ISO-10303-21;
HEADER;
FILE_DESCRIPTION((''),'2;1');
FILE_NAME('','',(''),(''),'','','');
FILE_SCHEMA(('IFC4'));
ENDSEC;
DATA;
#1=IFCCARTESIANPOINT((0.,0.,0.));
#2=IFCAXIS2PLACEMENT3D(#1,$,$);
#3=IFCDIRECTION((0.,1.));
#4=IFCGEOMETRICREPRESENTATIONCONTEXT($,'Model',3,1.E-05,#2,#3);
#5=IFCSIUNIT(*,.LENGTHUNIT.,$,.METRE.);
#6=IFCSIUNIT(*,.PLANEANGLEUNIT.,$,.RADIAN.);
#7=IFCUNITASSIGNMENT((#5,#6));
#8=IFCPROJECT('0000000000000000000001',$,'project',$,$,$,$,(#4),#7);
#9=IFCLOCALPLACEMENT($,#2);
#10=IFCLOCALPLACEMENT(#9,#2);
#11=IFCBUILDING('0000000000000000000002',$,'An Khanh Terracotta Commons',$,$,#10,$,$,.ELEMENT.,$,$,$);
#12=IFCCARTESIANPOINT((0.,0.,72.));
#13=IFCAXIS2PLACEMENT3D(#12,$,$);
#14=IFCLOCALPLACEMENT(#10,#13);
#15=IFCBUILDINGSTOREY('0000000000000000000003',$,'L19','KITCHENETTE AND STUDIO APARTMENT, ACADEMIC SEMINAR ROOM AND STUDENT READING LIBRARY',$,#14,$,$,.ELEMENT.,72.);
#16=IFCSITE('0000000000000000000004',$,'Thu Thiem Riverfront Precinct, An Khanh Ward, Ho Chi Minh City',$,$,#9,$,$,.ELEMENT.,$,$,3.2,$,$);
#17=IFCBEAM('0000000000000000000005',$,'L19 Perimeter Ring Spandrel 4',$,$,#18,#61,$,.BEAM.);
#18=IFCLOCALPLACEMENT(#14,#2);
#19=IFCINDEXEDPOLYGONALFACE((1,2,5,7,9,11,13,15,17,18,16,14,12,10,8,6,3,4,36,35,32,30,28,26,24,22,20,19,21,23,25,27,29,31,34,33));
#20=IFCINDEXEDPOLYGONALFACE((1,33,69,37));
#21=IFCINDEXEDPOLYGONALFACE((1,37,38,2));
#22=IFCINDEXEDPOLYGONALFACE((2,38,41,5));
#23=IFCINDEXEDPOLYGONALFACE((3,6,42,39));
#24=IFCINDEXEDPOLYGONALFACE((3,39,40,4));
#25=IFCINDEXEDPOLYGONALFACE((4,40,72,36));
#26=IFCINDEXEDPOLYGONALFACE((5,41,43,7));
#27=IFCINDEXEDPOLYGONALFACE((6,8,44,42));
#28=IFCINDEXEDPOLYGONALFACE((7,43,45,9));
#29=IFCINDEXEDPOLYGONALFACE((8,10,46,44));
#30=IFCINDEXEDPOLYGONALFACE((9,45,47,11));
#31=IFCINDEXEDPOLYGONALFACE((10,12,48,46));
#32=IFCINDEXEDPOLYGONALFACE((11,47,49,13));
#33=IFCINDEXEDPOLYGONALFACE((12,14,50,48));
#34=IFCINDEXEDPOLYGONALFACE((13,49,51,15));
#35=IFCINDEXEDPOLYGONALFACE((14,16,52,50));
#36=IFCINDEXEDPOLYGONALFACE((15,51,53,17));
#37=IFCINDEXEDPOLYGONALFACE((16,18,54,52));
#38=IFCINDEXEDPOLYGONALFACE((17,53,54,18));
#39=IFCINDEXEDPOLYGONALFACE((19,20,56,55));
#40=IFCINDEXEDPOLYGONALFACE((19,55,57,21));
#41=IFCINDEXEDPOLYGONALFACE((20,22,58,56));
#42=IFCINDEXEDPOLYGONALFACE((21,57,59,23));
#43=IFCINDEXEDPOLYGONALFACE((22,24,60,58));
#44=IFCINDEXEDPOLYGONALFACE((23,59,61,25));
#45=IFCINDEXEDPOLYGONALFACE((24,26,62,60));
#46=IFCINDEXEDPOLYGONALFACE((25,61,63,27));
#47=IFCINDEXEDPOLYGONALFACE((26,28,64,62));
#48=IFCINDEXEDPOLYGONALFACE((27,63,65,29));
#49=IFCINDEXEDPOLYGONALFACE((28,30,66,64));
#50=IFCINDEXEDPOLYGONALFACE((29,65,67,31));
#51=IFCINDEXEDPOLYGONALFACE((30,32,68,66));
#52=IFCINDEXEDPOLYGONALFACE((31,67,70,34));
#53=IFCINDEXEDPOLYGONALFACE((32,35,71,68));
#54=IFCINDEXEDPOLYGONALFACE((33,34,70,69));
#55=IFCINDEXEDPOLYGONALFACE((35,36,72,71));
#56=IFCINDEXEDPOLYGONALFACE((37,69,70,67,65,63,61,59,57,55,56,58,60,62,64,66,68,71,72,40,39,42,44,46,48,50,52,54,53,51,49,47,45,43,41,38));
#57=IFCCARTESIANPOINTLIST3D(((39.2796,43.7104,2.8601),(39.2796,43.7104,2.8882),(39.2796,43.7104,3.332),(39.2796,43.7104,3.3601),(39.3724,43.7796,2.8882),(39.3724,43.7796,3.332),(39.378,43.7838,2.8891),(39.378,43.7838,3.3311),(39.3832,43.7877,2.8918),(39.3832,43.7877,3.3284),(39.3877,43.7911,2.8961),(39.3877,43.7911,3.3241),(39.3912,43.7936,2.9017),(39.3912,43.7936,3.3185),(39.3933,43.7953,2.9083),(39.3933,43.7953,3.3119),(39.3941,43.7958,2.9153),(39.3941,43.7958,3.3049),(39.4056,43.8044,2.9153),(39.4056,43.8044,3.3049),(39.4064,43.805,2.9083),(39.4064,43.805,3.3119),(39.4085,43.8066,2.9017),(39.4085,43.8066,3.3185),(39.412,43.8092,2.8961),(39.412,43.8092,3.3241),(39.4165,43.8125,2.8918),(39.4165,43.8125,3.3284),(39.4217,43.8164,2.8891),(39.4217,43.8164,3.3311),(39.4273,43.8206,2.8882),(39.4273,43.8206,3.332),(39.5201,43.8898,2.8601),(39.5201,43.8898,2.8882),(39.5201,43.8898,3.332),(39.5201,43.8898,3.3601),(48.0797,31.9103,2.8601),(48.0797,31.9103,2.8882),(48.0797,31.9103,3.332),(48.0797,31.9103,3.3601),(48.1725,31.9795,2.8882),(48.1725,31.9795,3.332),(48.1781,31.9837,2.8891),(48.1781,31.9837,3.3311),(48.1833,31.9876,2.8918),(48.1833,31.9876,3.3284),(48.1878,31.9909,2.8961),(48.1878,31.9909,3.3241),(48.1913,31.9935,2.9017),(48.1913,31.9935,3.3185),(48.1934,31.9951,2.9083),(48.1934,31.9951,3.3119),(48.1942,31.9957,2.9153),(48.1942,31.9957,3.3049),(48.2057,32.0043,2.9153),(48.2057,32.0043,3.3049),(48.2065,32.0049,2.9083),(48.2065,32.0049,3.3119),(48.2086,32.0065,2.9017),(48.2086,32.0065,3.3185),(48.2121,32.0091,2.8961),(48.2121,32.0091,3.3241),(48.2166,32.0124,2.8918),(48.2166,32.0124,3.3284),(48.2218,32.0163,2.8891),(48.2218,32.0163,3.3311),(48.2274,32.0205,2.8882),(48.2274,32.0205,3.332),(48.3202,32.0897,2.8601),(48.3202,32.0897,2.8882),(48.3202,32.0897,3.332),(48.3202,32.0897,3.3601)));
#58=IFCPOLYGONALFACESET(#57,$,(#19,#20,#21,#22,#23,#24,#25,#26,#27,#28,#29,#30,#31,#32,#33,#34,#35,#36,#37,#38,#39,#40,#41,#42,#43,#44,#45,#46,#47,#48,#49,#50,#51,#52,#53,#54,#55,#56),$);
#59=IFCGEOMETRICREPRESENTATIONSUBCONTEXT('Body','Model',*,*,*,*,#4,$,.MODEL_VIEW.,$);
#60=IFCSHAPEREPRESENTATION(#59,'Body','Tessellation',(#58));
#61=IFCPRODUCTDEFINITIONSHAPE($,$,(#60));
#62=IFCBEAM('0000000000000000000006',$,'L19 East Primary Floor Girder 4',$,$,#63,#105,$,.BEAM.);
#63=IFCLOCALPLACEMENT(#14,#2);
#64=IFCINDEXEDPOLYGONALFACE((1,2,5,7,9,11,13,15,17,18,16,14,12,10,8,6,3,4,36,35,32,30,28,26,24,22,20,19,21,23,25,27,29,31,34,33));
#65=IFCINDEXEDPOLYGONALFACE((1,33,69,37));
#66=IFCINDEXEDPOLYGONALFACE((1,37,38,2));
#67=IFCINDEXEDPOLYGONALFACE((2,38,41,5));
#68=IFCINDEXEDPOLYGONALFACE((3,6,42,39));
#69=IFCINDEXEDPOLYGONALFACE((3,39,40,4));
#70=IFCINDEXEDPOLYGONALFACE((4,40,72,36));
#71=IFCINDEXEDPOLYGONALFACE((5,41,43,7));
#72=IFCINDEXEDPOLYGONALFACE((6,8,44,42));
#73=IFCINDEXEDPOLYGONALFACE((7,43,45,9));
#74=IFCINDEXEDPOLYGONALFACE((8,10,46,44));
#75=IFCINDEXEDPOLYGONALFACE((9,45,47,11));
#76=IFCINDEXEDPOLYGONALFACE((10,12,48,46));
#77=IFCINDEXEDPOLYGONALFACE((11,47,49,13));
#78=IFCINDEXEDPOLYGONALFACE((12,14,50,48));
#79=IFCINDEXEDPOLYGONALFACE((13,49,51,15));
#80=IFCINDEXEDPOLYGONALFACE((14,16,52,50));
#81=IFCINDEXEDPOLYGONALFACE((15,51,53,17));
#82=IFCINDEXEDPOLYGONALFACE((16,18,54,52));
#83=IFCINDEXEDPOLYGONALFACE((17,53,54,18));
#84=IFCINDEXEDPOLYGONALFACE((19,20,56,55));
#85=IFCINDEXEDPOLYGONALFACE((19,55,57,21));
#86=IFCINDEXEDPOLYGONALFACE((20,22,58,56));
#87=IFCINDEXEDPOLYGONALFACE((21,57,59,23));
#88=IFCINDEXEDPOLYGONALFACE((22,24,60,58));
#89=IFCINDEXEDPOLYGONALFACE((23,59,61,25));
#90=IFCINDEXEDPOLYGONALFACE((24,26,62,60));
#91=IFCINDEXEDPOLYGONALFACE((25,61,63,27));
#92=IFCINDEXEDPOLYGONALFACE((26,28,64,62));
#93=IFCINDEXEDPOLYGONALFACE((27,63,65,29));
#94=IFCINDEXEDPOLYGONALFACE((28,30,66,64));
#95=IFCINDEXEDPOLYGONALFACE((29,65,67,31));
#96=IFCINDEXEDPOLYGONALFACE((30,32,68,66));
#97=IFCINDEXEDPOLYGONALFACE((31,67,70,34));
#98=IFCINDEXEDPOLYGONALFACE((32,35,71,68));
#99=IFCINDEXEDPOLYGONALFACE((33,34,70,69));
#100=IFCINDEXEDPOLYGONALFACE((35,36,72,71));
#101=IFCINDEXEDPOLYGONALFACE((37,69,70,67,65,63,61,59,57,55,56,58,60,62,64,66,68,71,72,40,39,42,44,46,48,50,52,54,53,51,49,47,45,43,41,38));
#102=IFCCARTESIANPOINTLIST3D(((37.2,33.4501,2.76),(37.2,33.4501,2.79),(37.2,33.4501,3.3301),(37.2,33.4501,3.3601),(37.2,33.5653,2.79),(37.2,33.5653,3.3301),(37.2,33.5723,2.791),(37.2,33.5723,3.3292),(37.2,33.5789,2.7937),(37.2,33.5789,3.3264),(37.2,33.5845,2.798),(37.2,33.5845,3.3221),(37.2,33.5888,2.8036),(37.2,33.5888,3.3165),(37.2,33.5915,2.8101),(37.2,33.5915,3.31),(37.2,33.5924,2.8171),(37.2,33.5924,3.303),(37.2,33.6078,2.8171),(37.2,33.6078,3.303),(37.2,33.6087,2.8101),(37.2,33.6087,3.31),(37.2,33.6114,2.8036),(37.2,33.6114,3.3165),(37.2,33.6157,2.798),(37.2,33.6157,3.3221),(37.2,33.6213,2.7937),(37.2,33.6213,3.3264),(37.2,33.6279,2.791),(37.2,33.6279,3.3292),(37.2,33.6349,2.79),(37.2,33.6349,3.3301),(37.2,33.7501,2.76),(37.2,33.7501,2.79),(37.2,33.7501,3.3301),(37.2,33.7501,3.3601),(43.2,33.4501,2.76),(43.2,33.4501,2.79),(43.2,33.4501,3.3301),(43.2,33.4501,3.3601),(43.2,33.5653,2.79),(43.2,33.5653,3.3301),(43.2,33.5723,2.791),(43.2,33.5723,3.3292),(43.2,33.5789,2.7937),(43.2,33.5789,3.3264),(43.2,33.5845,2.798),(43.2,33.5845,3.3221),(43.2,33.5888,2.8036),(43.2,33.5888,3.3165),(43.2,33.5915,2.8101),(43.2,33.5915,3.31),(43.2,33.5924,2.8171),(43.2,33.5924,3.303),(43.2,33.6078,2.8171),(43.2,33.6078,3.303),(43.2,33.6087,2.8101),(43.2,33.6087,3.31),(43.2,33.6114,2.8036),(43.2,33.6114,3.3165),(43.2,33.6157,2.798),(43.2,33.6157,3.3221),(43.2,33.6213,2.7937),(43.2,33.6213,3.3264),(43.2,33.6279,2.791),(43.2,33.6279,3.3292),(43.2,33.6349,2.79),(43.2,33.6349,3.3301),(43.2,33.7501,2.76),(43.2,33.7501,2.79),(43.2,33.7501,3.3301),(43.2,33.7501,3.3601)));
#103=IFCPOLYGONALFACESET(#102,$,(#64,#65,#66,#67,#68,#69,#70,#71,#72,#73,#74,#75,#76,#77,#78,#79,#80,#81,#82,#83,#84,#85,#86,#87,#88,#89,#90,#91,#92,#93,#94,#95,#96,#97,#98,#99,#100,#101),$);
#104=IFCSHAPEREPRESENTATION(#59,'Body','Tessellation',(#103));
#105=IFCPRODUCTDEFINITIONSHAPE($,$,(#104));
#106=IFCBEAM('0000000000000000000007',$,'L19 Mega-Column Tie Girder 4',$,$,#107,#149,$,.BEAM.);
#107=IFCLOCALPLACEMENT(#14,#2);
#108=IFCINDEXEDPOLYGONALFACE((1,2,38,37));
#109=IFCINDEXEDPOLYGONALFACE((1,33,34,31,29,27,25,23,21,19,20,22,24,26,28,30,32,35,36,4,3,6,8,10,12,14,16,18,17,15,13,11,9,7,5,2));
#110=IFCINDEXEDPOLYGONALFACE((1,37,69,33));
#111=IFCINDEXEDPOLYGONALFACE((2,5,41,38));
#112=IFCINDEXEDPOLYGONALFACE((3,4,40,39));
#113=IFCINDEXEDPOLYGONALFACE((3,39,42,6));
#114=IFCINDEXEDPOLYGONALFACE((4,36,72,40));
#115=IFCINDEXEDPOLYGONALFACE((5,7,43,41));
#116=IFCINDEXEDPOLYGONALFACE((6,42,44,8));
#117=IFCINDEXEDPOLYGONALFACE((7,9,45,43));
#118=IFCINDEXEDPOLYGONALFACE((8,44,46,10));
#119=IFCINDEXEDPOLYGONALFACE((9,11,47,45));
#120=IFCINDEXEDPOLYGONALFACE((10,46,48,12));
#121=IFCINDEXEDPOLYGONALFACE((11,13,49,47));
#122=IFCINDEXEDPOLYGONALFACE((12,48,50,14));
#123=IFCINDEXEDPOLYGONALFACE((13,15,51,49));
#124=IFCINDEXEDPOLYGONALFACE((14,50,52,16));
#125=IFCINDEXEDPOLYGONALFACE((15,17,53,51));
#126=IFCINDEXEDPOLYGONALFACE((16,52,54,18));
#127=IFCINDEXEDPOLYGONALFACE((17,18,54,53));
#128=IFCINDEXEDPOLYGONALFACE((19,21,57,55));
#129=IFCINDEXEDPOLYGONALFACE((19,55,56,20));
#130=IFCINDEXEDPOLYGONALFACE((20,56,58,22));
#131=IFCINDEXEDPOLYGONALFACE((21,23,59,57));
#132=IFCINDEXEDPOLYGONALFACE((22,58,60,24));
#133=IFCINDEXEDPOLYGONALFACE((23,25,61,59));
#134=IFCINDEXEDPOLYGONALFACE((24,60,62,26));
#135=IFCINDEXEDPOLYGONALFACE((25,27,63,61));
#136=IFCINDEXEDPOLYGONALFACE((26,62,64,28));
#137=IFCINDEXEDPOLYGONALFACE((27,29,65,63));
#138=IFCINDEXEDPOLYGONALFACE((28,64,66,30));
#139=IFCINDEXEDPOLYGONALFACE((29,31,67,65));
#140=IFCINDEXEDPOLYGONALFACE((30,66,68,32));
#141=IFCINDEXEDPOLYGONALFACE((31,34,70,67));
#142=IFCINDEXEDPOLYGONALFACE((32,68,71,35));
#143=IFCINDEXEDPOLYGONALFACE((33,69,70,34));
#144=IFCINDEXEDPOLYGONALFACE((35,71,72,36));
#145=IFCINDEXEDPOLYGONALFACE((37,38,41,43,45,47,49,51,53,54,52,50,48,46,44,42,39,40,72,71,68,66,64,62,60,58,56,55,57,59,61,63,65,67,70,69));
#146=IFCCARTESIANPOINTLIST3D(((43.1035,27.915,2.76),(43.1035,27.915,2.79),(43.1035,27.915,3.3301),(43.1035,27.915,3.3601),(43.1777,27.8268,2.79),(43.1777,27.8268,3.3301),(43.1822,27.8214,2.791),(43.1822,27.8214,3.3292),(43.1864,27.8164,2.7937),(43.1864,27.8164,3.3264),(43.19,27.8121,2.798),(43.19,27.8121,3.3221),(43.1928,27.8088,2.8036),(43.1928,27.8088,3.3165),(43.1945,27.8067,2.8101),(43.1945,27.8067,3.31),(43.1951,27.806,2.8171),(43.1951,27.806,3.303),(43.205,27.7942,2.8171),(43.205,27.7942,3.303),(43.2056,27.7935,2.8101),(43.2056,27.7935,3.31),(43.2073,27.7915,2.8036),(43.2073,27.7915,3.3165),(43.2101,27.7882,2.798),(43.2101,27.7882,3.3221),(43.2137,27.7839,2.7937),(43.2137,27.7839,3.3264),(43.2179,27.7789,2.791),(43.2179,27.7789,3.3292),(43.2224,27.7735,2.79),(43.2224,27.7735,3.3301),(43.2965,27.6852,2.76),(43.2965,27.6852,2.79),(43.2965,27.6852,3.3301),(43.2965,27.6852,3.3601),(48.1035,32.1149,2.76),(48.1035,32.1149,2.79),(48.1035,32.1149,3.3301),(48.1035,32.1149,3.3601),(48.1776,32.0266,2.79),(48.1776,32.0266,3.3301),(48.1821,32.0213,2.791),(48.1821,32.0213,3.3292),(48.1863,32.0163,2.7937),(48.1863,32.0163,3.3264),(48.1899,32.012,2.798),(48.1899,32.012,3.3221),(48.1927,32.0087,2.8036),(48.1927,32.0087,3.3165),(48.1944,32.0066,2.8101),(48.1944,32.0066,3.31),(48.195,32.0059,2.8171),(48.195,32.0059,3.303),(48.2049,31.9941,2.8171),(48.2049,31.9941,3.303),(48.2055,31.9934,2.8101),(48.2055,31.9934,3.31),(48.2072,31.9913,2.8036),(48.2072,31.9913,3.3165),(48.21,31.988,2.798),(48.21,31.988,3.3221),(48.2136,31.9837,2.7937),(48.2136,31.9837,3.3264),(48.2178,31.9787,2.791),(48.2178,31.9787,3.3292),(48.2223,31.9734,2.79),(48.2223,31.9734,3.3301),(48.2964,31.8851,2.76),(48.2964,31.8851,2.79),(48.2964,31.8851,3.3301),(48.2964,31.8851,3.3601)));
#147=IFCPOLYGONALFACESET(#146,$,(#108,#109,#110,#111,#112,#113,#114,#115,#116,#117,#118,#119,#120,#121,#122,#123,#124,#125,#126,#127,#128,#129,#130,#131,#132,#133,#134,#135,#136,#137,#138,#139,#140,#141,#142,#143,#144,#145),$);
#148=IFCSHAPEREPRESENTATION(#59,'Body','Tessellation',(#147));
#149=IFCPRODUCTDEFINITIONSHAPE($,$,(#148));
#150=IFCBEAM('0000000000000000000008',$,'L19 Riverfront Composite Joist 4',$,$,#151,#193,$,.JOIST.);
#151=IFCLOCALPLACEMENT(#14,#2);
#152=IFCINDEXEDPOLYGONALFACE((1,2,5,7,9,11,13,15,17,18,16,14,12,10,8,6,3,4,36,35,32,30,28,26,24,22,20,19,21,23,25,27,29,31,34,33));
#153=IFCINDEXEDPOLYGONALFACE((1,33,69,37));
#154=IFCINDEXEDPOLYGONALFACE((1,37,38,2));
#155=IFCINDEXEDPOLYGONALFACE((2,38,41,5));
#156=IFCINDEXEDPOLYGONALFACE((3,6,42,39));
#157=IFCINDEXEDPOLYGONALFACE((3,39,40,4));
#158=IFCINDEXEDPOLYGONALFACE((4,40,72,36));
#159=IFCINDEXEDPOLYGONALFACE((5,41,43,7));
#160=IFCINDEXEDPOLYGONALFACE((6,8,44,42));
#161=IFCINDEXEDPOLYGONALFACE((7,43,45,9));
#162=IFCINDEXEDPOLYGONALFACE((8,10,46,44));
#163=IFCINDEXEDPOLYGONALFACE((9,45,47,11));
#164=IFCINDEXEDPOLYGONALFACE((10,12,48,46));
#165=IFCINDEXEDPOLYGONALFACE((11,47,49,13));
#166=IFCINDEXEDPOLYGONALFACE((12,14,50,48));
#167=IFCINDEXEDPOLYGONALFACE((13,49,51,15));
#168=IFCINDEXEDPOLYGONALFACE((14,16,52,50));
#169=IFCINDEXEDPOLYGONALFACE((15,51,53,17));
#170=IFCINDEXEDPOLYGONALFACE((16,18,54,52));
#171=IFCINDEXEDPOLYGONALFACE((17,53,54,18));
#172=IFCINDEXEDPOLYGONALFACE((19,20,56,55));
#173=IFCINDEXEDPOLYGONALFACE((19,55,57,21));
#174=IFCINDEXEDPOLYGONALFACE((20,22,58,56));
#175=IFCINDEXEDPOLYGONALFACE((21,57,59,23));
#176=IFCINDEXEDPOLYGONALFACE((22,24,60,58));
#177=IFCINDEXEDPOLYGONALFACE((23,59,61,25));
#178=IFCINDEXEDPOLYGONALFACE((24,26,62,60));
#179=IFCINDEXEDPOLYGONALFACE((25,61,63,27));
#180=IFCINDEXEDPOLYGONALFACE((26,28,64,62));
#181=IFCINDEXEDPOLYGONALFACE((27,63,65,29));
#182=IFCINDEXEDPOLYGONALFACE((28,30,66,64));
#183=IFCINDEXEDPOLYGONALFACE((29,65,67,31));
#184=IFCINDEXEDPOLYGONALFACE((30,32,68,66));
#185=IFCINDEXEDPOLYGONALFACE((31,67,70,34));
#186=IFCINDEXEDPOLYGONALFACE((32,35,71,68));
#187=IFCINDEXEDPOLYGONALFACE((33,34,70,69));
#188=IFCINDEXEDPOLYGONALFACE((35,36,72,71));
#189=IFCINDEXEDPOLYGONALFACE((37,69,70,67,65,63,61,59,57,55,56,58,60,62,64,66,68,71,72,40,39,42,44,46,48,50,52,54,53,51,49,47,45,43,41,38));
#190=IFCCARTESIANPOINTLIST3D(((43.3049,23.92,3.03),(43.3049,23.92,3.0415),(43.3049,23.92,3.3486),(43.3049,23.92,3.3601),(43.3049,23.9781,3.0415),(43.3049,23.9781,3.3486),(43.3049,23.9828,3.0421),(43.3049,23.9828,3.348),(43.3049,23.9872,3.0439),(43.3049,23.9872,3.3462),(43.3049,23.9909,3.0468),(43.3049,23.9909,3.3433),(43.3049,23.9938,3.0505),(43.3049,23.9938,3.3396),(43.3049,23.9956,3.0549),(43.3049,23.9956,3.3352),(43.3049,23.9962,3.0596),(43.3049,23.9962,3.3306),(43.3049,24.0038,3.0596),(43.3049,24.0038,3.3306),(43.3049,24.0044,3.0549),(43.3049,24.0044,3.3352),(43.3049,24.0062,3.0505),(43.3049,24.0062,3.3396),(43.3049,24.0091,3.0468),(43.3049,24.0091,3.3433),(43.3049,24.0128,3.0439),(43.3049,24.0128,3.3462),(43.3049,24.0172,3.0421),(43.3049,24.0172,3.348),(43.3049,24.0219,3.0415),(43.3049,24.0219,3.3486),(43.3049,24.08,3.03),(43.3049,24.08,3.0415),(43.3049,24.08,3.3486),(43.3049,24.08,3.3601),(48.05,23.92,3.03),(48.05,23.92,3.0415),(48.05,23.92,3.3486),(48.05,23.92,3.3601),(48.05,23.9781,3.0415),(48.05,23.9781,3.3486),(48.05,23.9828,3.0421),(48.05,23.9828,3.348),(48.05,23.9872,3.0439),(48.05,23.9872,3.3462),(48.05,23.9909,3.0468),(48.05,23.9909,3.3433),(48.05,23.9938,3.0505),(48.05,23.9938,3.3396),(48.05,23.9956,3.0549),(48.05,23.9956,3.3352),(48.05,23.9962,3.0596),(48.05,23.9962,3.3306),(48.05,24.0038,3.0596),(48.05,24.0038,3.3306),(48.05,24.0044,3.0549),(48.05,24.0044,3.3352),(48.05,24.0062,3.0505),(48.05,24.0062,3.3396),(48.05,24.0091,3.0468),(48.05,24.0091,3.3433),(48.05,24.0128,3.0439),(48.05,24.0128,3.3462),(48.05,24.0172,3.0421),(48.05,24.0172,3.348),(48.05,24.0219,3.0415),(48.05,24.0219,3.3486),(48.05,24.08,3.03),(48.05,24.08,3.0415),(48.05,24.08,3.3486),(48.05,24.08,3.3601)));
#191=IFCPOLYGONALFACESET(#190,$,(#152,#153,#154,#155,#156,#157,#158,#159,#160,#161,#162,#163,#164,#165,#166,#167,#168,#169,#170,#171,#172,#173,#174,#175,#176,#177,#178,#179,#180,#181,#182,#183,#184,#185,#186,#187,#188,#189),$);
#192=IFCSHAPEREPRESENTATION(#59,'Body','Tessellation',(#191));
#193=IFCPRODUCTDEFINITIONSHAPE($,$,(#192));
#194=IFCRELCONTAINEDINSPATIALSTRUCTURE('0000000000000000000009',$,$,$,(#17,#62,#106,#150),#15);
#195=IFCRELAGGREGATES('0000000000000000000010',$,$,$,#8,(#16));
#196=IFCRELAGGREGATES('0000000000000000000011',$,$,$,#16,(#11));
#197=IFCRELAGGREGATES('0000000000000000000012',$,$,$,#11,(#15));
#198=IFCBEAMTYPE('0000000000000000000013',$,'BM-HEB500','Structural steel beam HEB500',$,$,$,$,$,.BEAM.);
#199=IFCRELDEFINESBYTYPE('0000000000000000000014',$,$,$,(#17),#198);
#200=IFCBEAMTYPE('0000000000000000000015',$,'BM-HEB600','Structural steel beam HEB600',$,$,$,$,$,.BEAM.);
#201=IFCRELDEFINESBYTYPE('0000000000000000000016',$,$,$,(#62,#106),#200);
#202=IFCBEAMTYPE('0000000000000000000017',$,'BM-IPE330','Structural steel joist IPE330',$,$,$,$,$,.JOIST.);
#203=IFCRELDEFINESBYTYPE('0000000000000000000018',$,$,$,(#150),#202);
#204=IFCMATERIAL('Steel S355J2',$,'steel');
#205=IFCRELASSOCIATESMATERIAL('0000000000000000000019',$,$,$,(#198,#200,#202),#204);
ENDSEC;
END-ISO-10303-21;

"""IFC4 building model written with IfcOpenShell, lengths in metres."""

from ifc_helpers import new_model, si_unit, direction, frame, origin, origin_2d, place, context, subcontext, project, spatial, i_section, extrude, material, material_profile, profile_set, type_object, element, save


model = new_model("IFC4")

# Units and contexts
model_context = context("Model", 3, precision=1e-05, world=origin(), true_north=direction((0.0, 1.0)))
body_context = subcontext(model_context, "Body", "Model", "MODEL_VIEW")
ifc_project = project(units=[si_unit("LENGTHUNIT", "METRE"), si_unit("PLANEANGLEUNIT", "RADIAN")], contexts=[model_context])

# Site, building, storey
site_placement = place(None, origin())
site = spatial("IfcSite", under=ifc_project, at=site_placement, Name="Thu Thiem Riverfront Precinct, An Khanh Ward, Ho Chi Minh City", CompositionType="ELEMENT", RefElevation=3.2)
building_placement = place(site_placement, origin())
building = spatial("IfcBuilding", under=site, at=building_placement, Name="An Khanh Terracotta Commons", CompositionType="ELEMENT")
storey_placement = place(building_placement, frame((0.0, 0.0, 72.0)))
storey = spatial("IfcBuildingStorey", under=building, at=storey_placement, Name="L19", Description="KITCHENETTE AND STUDIO APARTMENT, ACADEMIC SEMINAR ROOM AND STUDENT READING LIBRARY", CompositionType="ELEMENT", Elevation=72.0)

# Beams
ifc_material_1 = material(Name="Steel S355J2", Category="steel")
ifc_material_profile_1 = material_profile(ifc_material_1, i_section(OverallWidth=0.3, OverallDepth=0.5, WebThickness=0.0144, FlangeThickness=0.0281, FilletRadius=0.0271, at=origin_2d()), Name="HEB500")
ifc_profile_set_1 = profile_set([ifc_material_profile_1], Name="Steel S355J2")
beam_type_1 = type_object("IfcBeamType", Name="BM-HEB500", Description="Structural steel beam HEB500", PredefinedType="BEAM", material=ifc_profile_set_1)
beam_1_placement = place(storey_placement, frame((48.2, 32.0, 3.1101), z_axis=(-0.597824, 0.801627, 0.0), x_axis=(-0.801627, -0.597824, 0.0)))
element("IfcBeam", 1, at=beam_1_placement, inside=storey, type_object=beam_type_1, Name="L19 Perimeter Ring Spandrel 4", PredefinedType="BEAM", context=body_context, shape_type="SweptSolid", body=[
    extrude(i_section(OverallWidth=0.3, OverallDepth=0.5, WebThickness=0.0144, FlangeThickness=0.0281, FilletRadius=0.0271, at=origin_2d()), origin(), (0.0, 0.0, 1.0), 14.7202),
])
ifc_material_profile_2 = material_profile(ifc_material_1, i_section(OverallWidth=0.3, OverallDepth=0.6001, WebThickness=0.0154, FlangeThickness=0.03, FilletRadius=0.0271, at=origin_2d()), Name="HEB600")
ifc_profile_set_2 = profile_set([ifc_material_profile_2], Name="Steel S355J2")
beam_type_2 = type_object("IfcBeamType", Name="BM-HEB600", Description="Structural steel beam HEB600", PredefinedType="BEAM", material=ifc_profile_set_2)
beam_2_placement = place(storey_placement, frame((37.2, 33.6001, 3.0601), z_axis=(1.0, 0.0, 0.0), x_axis=(0.0, 1.0, 0.0)))
element("IfcBeam", 2, at=beam_2_placement, inside=storey, type_object=beam_type_2, Name="L19 East Primary Floor Girder 4", PredefinedType="BEAM", context=body_context, shape_type="SweptSolid", body=[
    extrude(i_section(OverallWidth=0.3, OverallDepth=0.6001, WebThickness=0.0154, FlangeThickness=0.03, FilletRadius=0.0271, at=origin_2d()), origin(), (0.0, 0.0, 1.0), 6.0),
])
beam_3_placement = place(storey_placement, frame((48.2, 32.0, 3.0601), z_axis=(-0.765709, -0.643188, 0.0), x_axis=(0.643188, -0.765709, 0.0)))
element("IfcBeam", 3, at=beam_3_placement, inside=storey, type_object=beam_type_2, Name="L19 Mega-Column Tie Girder 4", PredefinedType="BEAM", context=body_context, shape_type="SweptSolid", body=[
    extrude(i_section(OverallWidth=0.3, OverallDepth=0.6001, WebThickness=0.0154, FlangeThickness=0.03, FilletRadius=0.0271, at=origin_2d()), origin(), (0.0, 0.0, 1.0), 6.5298),
])
ifc_material_profile_3 = material_profile(ifc_material_1, i_section(OverallWidth=0.1599, OverallDepth=0.3301, WebThickness=0.0076, FlangeThickness=0.0115, FilletRadius=0.0181, at=origin_2d()), Name="IPE330")
ifc_profile_set_3 = profile_set([ifc_material_profile_3], Name="Steel S355J2")
beam_type_3 = type_object("IfcBeamType", Name="BM-IPE330", Description="Structural steel joist IPE330", PredefinedType="JOIST", material=ifc_profile_set_3)
for number, where, z_axis, x_axis, name in (
    (4, (43.3049, 24.0, 3.1951), (1.0, 0.0, 0.0), (0.0, 1.0, 0.0), "L19 Riverfront Composite Joist 4"),
):
    element("IfcBeam", number, at=place(storey_placement, frame(where, z_axis=z_axis, x_axis=x_axis)), inside=storey, type_object=beam_type_3, Name=name, PredefinedType="JOIST", context=body_context, shape_type="SweptSolid", body=[
        extrude(i_section(OverallWidth=0.1599, OverallDepth=0.3301, WebThickness=0.0076, FlangeThickness=0.0115, FilletRadius=0.0181, at=origin_2d()), origin(), (0.0, 0.0, 1.0), 4.7451),
    ])

save(model, "model.ifc")
